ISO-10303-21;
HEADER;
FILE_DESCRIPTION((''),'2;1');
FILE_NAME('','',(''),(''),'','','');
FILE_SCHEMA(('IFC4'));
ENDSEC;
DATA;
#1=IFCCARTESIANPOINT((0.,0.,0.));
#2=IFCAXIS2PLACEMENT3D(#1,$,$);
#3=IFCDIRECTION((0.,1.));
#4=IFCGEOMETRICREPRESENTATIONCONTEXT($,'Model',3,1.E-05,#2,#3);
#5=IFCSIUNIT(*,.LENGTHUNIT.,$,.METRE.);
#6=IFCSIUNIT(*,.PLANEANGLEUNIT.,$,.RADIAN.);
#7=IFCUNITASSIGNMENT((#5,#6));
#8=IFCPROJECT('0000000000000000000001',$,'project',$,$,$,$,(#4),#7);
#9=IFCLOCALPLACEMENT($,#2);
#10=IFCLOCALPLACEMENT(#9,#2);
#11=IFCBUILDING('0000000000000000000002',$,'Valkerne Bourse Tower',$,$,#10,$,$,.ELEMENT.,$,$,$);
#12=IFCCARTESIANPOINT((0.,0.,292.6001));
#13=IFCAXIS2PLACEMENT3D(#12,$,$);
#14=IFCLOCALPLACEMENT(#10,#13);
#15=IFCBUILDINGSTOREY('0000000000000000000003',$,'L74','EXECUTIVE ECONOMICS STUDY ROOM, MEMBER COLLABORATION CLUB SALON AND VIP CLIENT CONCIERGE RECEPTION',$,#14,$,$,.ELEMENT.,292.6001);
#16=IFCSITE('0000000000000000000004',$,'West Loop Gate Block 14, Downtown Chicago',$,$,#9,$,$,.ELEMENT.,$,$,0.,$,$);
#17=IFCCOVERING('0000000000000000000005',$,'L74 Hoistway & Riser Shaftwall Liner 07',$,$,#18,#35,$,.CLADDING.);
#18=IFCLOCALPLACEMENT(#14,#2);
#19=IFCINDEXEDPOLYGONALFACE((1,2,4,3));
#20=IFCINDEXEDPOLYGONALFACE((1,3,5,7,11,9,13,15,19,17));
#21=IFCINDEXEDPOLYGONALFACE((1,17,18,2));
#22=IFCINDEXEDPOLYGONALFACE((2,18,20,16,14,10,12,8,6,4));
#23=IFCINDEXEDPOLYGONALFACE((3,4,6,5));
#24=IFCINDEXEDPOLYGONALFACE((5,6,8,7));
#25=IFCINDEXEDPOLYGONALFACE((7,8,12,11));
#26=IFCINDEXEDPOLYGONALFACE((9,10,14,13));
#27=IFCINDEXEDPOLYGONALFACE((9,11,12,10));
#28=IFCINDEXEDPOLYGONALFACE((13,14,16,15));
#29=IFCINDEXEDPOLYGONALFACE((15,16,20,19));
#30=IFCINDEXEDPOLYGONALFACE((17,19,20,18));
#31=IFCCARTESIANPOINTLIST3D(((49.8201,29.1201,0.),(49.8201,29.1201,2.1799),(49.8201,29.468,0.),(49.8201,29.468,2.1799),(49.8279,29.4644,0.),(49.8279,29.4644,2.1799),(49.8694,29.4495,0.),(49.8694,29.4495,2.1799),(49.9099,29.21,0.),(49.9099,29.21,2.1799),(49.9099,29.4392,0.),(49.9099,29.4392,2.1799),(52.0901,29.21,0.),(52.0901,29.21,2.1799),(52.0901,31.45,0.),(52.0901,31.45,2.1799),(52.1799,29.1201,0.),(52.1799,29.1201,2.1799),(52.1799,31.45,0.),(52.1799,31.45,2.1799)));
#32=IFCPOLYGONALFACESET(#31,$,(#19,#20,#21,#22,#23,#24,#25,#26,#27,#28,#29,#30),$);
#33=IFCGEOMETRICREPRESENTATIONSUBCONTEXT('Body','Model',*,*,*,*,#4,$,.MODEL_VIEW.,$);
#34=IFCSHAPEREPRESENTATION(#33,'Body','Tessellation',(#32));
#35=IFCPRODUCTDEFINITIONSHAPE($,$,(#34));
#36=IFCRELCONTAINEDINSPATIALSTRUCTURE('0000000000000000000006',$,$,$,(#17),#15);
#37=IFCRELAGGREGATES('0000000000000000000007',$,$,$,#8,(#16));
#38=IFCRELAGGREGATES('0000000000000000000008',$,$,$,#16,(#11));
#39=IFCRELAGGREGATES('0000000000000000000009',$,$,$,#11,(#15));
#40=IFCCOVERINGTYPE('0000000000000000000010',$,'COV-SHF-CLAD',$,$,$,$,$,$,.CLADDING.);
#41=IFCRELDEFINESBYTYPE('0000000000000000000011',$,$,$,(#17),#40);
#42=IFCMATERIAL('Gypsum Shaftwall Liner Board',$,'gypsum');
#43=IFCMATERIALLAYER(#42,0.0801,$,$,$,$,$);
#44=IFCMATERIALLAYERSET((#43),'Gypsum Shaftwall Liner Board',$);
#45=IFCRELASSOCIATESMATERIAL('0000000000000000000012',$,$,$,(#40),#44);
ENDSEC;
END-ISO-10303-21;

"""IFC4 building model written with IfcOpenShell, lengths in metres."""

from ifc_helpers import new_model, si_unit, direction, frame, origin, place, context, subcontext, project, spatial, polyline, outline, extrude, material, layer, layer_set, type_object, element, save


model = new_model("IFC4")

# Units and contexts
model_context = context("Model", 3, precision=1e-05, world=origin(), true_north=direction((0.0, 1.0)))
body_context = subcontext(model_context, "Body", "Model", "MODEL_VIEW")
ifc_project = project(units=[si_unit("LENGTHUNIT", "METRE"), si_unit("PLANEANGLEUNIT", "RADIAN")], contexts=[model_context])

# Site, building, storey
site_placement = place(None, origin())
site = spatial("IfcSite", under=ifc_project, at=site_placement, Name="West Loop Gate Block 14, Downtown Chicago", CompositionType="ELEMENT", RefElevation=0.0)
building_placement = place(site_placement, origin())
building = spatial("IfcBuilding", under=site, at=building_placement, Name="Valkerne Bourse Tower", CompositionType="ELEMENT")
storey_placement = place(building_placement, frame((0.0, 0.0, 292.6001)))
storey = spatial("IfcBuildingStorey", under=building, at=storey_placement, Name="L74", Description="EXECUTIVE ECONOMICS STUDY ROOM, MEMBER COLLABORATION CLUB SALON AND VIP CLIENT CONCIERGE RECEPTION", CompositionType="ELEMENT", Elevation=292.6001)

# Covering
ifc_material_1 = material(Name="Gypsum Shaftwall Liner Board", Category="gypsum")
ifc_layer_1 = layer(ifc_material_1, 0.0801)
ifc_layer_set_1 = layer_set([ifc_layer_1], Name="Gypsum Shaftwall Liner Board")
covering_type_1 = type_object("IfcCoveringType", Name="COV-SHF-CLAD", PredefinedType="CLADDING", material=ifc_layer_set_1)
covering_1_placement = place(storey_placement, origin())
element("IfcCovering", 1, at=covering_1_placement, inside=storey, type_object=covering_type_1, Name="L74 Hoistway & Riser Shaftwall Liner 07", PredefinedType="CLADDING", context=body_context, shape_type="SweptSolid", body=[
    extrude(outline(polyline([(49.8201, 29.1201), (49.8201, 29.468), (49.8279, 29.4644), (49.8694, 29.4495), (49.9099, 29.4392), (49.9099, 29.21), (52.0901, 29.21), (52.0901, 31.45), (52.1799, 31.45), (52.1799, 29.1201), (49.8201, 29.1201)])), origin(), (0.0, 0.0, 1.0), 2.1799),
])

save(model, "model.ifc")
